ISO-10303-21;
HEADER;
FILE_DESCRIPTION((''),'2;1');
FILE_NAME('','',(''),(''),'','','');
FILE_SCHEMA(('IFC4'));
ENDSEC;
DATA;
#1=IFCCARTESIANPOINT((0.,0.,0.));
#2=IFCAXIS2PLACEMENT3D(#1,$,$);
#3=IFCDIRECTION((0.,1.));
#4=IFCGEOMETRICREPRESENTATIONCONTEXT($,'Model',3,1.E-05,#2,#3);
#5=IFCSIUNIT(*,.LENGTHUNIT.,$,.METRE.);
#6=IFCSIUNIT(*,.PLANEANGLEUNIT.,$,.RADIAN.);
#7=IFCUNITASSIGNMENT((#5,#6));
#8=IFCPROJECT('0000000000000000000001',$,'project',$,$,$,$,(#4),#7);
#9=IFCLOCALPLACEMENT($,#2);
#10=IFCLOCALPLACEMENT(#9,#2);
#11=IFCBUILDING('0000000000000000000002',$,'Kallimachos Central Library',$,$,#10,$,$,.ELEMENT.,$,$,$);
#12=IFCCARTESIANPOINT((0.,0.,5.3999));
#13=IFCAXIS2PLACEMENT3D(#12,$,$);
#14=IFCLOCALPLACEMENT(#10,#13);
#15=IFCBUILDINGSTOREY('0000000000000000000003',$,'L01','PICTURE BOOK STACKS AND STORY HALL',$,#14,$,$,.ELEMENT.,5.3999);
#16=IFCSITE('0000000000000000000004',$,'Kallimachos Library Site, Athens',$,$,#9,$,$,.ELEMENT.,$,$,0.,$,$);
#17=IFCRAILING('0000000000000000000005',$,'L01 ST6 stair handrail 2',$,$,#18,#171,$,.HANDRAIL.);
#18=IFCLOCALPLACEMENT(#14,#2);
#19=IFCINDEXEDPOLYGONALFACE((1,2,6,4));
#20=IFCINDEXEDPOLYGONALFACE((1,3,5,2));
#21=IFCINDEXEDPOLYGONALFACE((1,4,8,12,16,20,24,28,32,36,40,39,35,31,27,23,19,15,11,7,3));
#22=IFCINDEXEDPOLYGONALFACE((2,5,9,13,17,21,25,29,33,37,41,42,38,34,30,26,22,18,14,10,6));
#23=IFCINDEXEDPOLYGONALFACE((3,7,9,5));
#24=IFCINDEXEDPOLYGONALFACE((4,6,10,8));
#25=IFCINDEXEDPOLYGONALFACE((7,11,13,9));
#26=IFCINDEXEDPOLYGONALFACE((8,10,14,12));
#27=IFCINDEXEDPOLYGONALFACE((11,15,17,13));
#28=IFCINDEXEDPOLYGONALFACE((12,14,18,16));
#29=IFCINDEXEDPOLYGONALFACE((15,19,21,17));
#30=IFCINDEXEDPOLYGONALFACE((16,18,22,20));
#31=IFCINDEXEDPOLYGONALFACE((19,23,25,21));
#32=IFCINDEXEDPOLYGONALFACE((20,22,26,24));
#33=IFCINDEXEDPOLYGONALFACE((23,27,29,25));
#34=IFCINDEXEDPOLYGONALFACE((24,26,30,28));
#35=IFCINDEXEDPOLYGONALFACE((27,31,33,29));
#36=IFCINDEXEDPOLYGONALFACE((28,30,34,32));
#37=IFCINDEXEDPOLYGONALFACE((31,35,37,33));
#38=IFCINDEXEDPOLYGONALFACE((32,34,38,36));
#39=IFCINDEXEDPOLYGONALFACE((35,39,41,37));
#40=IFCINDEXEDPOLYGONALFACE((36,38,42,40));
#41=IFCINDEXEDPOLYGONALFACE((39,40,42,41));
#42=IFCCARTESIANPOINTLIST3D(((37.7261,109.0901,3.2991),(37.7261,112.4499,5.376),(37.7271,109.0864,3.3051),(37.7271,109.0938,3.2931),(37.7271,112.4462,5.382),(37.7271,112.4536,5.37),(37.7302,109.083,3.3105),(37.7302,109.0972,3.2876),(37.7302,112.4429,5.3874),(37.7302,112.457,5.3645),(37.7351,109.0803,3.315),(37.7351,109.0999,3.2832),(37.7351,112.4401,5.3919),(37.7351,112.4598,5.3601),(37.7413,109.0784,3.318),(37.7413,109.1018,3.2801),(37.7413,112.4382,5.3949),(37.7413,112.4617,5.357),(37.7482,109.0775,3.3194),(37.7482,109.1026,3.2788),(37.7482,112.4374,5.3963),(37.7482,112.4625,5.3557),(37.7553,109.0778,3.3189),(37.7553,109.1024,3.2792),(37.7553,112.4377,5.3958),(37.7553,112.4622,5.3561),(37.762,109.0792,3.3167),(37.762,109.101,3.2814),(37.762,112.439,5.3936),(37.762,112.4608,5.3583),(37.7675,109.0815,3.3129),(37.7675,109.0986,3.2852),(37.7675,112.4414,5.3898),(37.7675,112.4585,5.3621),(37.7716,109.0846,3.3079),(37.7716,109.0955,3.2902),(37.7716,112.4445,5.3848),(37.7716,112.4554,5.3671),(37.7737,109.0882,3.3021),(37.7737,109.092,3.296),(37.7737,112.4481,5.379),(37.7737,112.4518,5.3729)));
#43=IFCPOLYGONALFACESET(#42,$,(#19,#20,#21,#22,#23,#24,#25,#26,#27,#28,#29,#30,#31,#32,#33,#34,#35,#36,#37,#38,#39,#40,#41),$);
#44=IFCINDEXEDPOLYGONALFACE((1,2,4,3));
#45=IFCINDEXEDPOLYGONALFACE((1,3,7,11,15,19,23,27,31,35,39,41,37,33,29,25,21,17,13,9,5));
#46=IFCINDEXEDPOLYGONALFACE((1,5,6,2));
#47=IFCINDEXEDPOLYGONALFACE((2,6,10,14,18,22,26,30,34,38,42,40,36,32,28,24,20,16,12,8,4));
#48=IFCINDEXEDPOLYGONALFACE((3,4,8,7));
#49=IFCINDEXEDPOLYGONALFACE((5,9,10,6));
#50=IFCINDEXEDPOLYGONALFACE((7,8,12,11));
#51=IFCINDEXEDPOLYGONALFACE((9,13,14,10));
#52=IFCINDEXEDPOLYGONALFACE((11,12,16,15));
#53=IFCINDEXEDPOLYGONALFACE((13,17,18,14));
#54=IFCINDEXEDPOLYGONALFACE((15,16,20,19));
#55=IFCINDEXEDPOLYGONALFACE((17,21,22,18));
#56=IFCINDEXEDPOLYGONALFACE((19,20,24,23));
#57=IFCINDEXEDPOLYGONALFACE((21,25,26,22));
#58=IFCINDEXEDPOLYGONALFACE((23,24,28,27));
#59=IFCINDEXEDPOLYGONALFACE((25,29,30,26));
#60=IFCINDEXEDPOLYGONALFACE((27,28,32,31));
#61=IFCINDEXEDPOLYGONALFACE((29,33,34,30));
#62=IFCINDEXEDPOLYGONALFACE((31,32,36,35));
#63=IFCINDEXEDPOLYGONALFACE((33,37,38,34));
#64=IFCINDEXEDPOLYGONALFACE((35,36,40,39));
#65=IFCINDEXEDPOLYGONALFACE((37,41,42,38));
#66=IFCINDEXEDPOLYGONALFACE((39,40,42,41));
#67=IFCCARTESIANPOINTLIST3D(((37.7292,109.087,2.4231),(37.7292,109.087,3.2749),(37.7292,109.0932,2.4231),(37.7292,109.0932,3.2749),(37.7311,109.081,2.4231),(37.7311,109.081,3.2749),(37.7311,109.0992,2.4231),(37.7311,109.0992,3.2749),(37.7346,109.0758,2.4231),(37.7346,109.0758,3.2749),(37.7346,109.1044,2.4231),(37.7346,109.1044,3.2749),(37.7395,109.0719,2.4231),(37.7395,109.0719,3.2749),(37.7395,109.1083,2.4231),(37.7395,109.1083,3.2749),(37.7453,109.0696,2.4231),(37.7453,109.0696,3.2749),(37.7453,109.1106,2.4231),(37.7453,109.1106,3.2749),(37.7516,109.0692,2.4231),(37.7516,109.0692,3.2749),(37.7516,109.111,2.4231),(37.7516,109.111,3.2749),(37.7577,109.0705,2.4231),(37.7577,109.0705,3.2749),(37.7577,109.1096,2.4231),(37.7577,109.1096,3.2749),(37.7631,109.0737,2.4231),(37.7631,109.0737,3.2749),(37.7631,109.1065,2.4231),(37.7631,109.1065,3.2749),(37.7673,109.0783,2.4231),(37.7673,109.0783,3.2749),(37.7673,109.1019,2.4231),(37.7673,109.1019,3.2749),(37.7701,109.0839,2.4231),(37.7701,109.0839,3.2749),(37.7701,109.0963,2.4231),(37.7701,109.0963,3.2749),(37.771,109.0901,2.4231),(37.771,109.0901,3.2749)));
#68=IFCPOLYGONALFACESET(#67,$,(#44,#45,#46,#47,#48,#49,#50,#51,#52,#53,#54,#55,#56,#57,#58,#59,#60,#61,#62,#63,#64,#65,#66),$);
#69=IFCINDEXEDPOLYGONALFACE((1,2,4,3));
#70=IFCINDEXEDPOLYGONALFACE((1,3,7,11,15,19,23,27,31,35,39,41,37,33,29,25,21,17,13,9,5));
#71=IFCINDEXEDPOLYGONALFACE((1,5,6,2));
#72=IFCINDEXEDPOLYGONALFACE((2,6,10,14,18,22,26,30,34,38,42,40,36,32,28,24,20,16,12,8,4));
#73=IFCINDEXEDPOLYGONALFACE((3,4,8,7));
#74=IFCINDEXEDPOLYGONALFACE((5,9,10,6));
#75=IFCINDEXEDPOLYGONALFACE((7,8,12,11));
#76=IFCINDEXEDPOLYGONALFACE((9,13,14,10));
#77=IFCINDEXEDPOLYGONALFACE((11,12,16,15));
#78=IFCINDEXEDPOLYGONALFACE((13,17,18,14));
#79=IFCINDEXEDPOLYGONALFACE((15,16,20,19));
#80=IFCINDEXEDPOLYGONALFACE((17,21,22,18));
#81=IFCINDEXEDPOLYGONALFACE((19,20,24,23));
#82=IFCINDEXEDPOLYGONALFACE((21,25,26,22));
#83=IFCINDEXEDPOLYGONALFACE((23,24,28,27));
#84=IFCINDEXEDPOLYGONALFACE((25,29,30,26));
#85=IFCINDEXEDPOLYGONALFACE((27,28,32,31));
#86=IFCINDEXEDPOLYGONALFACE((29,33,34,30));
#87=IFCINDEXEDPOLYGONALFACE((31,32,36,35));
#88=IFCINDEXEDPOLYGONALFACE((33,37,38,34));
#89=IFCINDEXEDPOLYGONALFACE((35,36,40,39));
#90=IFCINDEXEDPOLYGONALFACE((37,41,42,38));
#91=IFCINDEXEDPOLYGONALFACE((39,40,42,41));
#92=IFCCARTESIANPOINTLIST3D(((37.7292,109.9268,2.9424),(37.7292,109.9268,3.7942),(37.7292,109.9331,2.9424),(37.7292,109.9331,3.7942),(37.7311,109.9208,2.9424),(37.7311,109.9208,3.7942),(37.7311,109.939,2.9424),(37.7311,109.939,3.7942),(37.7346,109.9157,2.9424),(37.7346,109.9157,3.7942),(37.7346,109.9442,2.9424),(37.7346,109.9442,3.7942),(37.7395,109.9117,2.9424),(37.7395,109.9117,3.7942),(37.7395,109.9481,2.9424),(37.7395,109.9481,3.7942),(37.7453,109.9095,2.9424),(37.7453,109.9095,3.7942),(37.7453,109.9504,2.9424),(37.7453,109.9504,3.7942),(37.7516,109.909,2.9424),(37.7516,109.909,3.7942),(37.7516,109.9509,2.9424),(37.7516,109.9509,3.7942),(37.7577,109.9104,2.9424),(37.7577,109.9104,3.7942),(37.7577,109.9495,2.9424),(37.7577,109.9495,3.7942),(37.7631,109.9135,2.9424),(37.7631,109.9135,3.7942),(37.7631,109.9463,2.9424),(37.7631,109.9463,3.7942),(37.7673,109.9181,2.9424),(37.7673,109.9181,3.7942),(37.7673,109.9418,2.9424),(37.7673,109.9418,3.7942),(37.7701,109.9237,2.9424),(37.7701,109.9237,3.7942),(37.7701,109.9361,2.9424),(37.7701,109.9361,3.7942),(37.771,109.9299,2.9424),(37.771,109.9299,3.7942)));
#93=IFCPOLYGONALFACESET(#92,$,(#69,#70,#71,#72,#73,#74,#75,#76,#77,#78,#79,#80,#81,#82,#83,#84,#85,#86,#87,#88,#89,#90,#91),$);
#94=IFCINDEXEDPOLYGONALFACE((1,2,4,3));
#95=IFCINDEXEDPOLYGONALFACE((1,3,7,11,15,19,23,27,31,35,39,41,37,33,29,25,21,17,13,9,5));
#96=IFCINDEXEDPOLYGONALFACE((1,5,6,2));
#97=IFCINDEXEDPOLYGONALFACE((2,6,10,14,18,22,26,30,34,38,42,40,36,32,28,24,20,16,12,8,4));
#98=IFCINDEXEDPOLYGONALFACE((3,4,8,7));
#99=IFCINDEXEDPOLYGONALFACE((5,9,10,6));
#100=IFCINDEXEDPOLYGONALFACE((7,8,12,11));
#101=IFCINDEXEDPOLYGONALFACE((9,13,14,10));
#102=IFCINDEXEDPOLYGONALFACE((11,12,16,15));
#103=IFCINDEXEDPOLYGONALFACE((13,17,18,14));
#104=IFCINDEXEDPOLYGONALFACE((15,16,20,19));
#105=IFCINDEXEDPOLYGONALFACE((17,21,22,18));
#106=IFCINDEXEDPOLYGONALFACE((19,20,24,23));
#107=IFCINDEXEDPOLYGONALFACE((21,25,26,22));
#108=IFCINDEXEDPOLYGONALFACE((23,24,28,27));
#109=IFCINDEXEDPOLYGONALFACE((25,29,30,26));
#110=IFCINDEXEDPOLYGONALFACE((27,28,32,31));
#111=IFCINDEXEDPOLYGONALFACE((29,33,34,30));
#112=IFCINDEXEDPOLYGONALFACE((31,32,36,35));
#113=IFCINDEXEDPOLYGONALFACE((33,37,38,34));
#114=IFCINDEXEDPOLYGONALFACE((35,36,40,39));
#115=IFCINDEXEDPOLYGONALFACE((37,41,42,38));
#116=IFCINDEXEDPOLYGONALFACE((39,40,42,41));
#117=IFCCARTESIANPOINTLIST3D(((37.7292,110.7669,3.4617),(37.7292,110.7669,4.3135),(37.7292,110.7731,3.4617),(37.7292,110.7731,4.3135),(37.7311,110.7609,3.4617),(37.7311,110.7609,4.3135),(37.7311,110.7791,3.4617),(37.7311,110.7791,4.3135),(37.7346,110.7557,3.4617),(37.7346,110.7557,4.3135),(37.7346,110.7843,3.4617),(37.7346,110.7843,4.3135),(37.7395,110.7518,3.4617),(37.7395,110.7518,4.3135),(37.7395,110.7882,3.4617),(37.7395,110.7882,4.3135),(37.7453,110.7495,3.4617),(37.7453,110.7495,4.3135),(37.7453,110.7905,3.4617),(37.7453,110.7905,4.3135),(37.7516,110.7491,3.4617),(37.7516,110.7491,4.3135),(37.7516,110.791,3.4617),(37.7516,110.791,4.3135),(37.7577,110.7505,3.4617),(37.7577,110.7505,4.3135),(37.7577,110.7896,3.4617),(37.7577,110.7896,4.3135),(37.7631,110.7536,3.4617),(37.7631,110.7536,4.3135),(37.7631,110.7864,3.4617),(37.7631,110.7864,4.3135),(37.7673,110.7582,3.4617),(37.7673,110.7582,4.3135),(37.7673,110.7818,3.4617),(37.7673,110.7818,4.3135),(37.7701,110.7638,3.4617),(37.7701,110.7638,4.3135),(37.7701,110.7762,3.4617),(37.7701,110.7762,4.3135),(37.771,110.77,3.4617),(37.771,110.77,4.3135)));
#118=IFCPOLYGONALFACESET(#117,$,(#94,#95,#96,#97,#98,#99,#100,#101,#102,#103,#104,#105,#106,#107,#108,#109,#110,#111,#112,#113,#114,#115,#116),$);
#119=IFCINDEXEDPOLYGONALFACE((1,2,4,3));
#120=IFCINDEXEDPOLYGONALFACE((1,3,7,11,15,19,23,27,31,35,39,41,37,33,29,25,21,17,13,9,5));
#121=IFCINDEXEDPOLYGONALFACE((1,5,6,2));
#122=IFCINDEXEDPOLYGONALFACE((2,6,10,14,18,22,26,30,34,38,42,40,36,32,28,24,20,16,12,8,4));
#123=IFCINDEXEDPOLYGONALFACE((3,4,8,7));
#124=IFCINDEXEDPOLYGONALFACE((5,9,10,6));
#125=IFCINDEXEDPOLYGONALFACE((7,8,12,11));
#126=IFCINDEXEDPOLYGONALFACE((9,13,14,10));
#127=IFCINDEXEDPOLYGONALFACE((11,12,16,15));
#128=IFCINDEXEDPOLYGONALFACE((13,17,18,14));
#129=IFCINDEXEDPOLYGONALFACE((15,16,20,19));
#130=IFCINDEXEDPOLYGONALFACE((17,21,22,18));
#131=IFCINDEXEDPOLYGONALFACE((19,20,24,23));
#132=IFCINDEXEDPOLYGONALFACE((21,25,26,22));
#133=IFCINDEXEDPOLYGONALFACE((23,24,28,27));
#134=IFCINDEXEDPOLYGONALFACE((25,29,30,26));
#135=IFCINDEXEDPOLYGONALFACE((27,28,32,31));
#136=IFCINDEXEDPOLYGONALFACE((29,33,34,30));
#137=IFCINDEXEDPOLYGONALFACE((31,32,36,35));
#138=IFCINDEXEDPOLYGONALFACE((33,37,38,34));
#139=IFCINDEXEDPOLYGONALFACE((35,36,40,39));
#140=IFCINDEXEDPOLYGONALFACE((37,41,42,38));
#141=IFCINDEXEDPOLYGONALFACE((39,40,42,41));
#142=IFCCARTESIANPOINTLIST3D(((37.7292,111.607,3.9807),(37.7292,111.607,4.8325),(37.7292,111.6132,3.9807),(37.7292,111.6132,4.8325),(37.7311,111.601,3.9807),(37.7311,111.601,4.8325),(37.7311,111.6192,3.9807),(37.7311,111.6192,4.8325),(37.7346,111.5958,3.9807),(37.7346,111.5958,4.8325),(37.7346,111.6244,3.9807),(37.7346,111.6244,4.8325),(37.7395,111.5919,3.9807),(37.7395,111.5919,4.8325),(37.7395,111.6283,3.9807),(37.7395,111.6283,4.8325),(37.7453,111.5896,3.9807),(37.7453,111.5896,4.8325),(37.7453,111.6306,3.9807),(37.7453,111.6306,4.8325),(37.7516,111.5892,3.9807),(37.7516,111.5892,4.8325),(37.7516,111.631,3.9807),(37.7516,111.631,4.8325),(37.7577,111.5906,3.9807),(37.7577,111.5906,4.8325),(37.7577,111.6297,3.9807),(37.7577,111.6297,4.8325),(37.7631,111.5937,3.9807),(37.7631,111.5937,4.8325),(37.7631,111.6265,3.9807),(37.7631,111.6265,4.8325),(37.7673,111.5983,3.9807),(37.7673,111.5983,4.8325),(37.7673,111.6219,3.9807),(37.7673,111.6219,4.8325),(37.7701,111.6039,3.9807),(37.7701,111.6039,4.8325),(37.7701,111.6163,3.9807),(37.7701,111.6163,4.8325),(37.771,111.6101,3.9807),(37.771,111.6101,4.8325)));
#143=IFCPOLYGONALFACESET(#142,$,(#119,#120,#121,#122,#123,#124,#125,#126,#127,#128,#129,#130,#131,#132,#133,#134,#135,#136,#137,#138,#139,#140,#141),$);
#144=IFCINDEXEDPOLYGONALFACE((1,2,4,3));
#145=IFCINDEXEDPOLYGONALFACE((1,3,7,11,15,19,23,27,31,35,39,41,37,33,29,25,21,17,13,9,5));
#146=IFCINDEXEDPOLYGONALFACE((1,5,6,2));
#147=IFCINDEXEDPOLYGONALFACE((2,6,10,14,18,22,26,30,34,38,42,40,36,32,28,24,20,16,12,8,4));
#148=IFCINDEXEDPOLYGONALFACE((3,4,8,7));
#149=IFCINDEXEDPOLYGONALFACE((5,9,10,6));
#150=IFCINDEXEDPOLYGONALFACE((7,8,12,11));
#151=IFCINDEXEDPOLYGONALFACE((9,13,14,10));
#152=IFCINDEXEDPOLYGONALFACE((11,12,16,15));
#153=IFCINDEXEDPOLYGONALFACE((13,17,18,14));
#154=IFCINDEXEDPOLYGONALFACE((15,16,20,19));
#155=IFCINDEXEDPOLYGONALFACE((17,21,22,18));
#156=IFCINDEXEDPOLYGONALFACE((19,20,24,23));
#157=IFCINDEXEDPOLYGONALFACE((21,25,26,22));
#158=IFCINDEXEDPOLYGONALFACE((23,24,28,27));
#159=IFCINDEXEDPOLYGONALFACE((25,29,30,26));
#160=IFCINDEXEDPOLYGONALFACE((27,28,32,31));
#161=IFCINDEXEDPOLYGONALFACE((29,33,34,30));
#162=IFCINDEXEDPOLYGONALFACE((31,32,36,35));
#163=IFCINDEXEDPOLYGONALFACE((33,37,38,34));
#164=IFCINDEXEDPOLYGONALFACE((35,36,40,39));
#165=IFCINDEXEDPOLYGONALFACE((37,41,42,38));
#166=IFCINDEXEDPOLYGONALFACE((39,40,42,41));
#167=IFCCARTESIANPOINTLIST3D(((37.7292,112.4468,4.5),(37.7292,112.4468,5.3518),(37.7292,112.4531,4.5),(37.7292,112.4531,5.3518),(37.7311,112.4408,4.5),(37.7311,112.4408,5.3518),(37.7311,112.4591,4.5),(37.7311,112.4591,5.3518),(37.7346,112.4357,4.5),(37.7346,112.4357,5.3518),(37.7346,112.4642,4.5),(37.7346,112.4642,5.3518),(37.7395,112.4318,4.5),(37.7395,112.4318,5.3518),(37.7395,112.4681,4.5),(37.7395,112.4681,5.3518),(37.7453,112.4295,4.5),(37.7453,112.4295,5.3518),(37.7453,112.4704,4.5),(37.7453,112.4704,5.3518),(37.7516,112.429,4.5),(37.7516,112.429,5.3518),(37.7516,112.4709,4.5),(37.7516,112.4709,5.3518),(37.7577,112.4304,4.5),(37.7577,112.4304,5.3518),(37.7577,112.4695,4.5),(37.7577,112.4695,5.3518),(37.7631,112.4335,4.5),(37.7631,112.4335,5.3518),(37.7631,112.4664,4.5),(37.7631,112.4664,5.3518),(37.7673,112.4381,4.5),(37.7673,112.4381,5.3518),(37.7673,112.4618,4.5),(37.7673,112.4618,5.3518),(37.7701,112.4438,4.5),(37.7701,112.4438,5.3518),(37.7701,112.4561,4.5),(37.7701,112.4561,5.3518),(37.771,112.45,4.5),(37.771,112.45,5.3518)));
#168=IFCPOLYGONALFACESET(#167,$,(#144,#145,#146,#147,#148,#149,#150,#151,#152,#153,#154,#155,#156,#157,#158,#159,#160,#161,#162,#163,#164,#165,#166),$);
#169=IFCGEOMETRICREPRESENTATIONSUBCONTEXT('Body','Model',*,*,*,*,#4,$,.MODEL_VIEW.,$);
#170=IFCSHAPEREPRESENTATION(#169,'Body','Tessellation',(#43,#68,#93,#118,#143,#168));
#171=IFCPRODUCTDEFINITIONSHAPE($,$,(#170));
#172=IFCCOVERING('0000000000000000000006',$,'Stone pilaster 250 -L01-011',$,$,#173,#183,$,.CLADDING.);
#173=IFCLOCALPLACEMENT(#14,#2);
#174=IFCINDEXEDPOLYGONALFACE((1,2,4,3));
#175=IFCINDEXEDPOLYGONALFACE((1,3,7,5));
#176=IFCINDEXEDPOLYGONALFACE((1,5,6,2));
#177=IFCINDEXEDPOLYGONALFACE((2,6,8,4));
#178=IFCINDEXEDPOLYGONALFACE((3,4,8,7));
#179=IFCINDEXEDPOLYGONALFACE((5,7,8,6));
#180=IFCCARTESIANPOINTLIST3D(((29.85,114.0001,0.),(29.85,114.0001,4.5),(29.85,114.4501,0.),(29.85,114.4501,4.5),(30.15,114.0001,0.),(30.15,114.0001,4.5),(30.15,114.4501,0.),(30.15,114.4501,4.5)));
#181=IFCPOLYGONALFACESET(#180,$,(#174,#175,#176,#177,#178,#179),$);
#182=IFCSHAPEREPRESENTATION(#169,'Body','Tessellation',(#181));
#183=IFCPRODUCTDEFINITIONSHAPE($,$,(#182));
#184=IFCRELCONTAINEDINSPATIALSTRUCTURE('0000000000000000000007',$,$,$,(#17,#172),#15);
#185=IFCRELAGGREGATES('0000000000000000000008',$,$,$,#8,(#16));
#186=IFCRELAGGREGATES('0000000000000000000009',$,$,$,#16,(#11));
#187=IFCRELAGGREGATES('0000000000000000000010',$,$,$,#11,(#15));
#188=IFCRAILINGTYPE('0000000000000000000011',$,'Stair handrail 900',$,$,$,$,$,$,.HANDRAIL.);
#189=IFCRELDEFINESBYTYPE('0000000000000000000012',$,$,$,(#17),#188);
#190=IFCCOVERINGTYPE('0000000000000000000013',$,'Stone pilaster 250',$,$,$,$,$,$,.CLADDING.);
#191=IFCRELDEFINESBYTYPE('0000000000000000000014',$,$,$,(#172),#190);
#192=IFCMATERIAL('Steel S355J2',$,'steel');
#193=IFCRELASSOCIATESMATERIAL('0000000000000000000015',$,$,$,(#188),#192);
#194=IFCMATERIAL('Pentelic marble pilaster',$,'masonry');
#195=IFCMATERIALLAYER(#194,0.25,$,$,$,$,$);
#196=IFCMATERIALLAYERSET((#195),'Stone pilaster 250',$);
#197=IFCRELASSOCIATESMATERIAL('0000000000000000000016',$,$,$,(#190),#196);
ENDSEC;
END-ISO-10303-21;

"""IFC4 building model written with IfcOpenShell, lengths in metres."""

from ifc_helpers import new_model, si_unit, direction, frame, origin, origin_2d, place, context, subcontext, project, spatial, rectangle, circle, extrude, material, layer, layer_set, type_object, element, save


model = new_model("IFC4")

# Units and contexts
model_context = context("Model", 3, precision=1e-05, world=origin(), true_north=direction((0.0, 1.0)))
body_context = subcontext(model_context, "Body", "Model", "MODEL_VIEW")
ifc_project = project(units=[si_unit("LENGTHUNIT", "METRE"), si_unit("PLANEANGLEUNIT", "RADIAN")], contexts=[model_context])

# Site, building, storey
site_placement = place(None, origin())
site = spatial("IfcSite", under=ifc_project, at=site_placement, Name="Kallimachos Library Site, Athens", CompositionType="ELEMENT", RefElevation=0.0)
building_placement = place(site_placement, origin())
building = spatial("IfcBuilding", under=site, at=building_placement, Name="Kallimachos Central Library", CompositionType="ELEMENT")
storey_placement = place(building_placement, frame((0.0, 0.0, 5.3999)))
storey = spatial("IfcBuildingStorey", under=building, at=storey_placement, Name="L01", Description="PICTURE BOOK STACKS AND STORY HALL", CompositionType="ELEMENT", Elevation=5.3999)

# Railing
ifc_material_1 = material(Name="Steel S355J2", Category="steel")
railing_type_1 = type_object("IfcRailingType", Name="Stair handrail 900", PredefinedType="HANDRAIL", material=ifc_material_1)
railing_1_placement = place(storey_placement, frame((37.75, 109.0901, 2.4231)))
element("IfcRailing", 1, at=railing_1_placement, inside=storey, type_object=railing_type_1, Name="L01 ST6 stair handrail 2", PredefinedType="HANDRAIL", context=body_context, shape_type="SweptSolid", body=[
    extrude(circle(Radius=0.0239, at=origin_2d()), frame((0.0, 0.0, 0.876), z_axis=(0.0, 0.850606, 0.525803), x_axis=(-1.0, 0.0, 0.0)), (0.0, 0.0, 1.0), 3.95),
    extrude(circle(Radius=0.021, at=origin_2d()), origin(), (0.0, 0.0, 1.0), 0.8518),
    extrude(circle(Radius=0.021, at=origin_2d()), frame((0.0, 0.8398, 0.5193)), (0.0, 0.0, 1.0), 0.8518),
    extrude(circle(Radius=0.021, at=origin_2d()), frame((0.0, 1.6799, 1.0386)), (0.0, 0.0, 1.0), 0.8518),
    extrude(circle(Radius=0.021, at=origin_2d()), frame((0.0, 2.52, 1.5576)), (0.0, 0.0, 1.0), 0.8518),
    extrude(circle(Radius=0.021, at=origin_2d()), frame((0.0, 3.3599, 2.0769)), (0.0, 0.0, 1.0), 0.8518),
])

# Covering
ifc_material_2 = material(Name="Pentelic marble pilaster", Category="masonry")
ifc_layer_1 = layer(ifc_material_2, 0.25)
ifc_layer_set_1 = layer_set([ifc_layer_1], Name="Stone pilaster 250")
covering_type_1 = type_object("IfcCoveringType", Name="Stone pilaster 250", PredefinedType="CLADDING", material=ifc_layer_set_1)
covering_1_placement = place(storey_placement, frame((30.0, 114.2251, 0.0), z_axis=(0.0, 0.0, 1.0), x_axis=(1.0, 0.0, 0.0)))
element("IfcCovering", 2, at=covering_1_placement, inside=storey, type_object=covering_type_1, Name="Stone pilaster 250 -L01-011", PredefinedType="CLADDING", context=body_context, shape_type="SweptSolid", body=[
    extrude(rectangle(XDim=0.3, YDim=0.45, at=origin_2d()), origin(), (0.0, 0.0, 1.0), 4.5),
])

save(model, "model.ifc")
